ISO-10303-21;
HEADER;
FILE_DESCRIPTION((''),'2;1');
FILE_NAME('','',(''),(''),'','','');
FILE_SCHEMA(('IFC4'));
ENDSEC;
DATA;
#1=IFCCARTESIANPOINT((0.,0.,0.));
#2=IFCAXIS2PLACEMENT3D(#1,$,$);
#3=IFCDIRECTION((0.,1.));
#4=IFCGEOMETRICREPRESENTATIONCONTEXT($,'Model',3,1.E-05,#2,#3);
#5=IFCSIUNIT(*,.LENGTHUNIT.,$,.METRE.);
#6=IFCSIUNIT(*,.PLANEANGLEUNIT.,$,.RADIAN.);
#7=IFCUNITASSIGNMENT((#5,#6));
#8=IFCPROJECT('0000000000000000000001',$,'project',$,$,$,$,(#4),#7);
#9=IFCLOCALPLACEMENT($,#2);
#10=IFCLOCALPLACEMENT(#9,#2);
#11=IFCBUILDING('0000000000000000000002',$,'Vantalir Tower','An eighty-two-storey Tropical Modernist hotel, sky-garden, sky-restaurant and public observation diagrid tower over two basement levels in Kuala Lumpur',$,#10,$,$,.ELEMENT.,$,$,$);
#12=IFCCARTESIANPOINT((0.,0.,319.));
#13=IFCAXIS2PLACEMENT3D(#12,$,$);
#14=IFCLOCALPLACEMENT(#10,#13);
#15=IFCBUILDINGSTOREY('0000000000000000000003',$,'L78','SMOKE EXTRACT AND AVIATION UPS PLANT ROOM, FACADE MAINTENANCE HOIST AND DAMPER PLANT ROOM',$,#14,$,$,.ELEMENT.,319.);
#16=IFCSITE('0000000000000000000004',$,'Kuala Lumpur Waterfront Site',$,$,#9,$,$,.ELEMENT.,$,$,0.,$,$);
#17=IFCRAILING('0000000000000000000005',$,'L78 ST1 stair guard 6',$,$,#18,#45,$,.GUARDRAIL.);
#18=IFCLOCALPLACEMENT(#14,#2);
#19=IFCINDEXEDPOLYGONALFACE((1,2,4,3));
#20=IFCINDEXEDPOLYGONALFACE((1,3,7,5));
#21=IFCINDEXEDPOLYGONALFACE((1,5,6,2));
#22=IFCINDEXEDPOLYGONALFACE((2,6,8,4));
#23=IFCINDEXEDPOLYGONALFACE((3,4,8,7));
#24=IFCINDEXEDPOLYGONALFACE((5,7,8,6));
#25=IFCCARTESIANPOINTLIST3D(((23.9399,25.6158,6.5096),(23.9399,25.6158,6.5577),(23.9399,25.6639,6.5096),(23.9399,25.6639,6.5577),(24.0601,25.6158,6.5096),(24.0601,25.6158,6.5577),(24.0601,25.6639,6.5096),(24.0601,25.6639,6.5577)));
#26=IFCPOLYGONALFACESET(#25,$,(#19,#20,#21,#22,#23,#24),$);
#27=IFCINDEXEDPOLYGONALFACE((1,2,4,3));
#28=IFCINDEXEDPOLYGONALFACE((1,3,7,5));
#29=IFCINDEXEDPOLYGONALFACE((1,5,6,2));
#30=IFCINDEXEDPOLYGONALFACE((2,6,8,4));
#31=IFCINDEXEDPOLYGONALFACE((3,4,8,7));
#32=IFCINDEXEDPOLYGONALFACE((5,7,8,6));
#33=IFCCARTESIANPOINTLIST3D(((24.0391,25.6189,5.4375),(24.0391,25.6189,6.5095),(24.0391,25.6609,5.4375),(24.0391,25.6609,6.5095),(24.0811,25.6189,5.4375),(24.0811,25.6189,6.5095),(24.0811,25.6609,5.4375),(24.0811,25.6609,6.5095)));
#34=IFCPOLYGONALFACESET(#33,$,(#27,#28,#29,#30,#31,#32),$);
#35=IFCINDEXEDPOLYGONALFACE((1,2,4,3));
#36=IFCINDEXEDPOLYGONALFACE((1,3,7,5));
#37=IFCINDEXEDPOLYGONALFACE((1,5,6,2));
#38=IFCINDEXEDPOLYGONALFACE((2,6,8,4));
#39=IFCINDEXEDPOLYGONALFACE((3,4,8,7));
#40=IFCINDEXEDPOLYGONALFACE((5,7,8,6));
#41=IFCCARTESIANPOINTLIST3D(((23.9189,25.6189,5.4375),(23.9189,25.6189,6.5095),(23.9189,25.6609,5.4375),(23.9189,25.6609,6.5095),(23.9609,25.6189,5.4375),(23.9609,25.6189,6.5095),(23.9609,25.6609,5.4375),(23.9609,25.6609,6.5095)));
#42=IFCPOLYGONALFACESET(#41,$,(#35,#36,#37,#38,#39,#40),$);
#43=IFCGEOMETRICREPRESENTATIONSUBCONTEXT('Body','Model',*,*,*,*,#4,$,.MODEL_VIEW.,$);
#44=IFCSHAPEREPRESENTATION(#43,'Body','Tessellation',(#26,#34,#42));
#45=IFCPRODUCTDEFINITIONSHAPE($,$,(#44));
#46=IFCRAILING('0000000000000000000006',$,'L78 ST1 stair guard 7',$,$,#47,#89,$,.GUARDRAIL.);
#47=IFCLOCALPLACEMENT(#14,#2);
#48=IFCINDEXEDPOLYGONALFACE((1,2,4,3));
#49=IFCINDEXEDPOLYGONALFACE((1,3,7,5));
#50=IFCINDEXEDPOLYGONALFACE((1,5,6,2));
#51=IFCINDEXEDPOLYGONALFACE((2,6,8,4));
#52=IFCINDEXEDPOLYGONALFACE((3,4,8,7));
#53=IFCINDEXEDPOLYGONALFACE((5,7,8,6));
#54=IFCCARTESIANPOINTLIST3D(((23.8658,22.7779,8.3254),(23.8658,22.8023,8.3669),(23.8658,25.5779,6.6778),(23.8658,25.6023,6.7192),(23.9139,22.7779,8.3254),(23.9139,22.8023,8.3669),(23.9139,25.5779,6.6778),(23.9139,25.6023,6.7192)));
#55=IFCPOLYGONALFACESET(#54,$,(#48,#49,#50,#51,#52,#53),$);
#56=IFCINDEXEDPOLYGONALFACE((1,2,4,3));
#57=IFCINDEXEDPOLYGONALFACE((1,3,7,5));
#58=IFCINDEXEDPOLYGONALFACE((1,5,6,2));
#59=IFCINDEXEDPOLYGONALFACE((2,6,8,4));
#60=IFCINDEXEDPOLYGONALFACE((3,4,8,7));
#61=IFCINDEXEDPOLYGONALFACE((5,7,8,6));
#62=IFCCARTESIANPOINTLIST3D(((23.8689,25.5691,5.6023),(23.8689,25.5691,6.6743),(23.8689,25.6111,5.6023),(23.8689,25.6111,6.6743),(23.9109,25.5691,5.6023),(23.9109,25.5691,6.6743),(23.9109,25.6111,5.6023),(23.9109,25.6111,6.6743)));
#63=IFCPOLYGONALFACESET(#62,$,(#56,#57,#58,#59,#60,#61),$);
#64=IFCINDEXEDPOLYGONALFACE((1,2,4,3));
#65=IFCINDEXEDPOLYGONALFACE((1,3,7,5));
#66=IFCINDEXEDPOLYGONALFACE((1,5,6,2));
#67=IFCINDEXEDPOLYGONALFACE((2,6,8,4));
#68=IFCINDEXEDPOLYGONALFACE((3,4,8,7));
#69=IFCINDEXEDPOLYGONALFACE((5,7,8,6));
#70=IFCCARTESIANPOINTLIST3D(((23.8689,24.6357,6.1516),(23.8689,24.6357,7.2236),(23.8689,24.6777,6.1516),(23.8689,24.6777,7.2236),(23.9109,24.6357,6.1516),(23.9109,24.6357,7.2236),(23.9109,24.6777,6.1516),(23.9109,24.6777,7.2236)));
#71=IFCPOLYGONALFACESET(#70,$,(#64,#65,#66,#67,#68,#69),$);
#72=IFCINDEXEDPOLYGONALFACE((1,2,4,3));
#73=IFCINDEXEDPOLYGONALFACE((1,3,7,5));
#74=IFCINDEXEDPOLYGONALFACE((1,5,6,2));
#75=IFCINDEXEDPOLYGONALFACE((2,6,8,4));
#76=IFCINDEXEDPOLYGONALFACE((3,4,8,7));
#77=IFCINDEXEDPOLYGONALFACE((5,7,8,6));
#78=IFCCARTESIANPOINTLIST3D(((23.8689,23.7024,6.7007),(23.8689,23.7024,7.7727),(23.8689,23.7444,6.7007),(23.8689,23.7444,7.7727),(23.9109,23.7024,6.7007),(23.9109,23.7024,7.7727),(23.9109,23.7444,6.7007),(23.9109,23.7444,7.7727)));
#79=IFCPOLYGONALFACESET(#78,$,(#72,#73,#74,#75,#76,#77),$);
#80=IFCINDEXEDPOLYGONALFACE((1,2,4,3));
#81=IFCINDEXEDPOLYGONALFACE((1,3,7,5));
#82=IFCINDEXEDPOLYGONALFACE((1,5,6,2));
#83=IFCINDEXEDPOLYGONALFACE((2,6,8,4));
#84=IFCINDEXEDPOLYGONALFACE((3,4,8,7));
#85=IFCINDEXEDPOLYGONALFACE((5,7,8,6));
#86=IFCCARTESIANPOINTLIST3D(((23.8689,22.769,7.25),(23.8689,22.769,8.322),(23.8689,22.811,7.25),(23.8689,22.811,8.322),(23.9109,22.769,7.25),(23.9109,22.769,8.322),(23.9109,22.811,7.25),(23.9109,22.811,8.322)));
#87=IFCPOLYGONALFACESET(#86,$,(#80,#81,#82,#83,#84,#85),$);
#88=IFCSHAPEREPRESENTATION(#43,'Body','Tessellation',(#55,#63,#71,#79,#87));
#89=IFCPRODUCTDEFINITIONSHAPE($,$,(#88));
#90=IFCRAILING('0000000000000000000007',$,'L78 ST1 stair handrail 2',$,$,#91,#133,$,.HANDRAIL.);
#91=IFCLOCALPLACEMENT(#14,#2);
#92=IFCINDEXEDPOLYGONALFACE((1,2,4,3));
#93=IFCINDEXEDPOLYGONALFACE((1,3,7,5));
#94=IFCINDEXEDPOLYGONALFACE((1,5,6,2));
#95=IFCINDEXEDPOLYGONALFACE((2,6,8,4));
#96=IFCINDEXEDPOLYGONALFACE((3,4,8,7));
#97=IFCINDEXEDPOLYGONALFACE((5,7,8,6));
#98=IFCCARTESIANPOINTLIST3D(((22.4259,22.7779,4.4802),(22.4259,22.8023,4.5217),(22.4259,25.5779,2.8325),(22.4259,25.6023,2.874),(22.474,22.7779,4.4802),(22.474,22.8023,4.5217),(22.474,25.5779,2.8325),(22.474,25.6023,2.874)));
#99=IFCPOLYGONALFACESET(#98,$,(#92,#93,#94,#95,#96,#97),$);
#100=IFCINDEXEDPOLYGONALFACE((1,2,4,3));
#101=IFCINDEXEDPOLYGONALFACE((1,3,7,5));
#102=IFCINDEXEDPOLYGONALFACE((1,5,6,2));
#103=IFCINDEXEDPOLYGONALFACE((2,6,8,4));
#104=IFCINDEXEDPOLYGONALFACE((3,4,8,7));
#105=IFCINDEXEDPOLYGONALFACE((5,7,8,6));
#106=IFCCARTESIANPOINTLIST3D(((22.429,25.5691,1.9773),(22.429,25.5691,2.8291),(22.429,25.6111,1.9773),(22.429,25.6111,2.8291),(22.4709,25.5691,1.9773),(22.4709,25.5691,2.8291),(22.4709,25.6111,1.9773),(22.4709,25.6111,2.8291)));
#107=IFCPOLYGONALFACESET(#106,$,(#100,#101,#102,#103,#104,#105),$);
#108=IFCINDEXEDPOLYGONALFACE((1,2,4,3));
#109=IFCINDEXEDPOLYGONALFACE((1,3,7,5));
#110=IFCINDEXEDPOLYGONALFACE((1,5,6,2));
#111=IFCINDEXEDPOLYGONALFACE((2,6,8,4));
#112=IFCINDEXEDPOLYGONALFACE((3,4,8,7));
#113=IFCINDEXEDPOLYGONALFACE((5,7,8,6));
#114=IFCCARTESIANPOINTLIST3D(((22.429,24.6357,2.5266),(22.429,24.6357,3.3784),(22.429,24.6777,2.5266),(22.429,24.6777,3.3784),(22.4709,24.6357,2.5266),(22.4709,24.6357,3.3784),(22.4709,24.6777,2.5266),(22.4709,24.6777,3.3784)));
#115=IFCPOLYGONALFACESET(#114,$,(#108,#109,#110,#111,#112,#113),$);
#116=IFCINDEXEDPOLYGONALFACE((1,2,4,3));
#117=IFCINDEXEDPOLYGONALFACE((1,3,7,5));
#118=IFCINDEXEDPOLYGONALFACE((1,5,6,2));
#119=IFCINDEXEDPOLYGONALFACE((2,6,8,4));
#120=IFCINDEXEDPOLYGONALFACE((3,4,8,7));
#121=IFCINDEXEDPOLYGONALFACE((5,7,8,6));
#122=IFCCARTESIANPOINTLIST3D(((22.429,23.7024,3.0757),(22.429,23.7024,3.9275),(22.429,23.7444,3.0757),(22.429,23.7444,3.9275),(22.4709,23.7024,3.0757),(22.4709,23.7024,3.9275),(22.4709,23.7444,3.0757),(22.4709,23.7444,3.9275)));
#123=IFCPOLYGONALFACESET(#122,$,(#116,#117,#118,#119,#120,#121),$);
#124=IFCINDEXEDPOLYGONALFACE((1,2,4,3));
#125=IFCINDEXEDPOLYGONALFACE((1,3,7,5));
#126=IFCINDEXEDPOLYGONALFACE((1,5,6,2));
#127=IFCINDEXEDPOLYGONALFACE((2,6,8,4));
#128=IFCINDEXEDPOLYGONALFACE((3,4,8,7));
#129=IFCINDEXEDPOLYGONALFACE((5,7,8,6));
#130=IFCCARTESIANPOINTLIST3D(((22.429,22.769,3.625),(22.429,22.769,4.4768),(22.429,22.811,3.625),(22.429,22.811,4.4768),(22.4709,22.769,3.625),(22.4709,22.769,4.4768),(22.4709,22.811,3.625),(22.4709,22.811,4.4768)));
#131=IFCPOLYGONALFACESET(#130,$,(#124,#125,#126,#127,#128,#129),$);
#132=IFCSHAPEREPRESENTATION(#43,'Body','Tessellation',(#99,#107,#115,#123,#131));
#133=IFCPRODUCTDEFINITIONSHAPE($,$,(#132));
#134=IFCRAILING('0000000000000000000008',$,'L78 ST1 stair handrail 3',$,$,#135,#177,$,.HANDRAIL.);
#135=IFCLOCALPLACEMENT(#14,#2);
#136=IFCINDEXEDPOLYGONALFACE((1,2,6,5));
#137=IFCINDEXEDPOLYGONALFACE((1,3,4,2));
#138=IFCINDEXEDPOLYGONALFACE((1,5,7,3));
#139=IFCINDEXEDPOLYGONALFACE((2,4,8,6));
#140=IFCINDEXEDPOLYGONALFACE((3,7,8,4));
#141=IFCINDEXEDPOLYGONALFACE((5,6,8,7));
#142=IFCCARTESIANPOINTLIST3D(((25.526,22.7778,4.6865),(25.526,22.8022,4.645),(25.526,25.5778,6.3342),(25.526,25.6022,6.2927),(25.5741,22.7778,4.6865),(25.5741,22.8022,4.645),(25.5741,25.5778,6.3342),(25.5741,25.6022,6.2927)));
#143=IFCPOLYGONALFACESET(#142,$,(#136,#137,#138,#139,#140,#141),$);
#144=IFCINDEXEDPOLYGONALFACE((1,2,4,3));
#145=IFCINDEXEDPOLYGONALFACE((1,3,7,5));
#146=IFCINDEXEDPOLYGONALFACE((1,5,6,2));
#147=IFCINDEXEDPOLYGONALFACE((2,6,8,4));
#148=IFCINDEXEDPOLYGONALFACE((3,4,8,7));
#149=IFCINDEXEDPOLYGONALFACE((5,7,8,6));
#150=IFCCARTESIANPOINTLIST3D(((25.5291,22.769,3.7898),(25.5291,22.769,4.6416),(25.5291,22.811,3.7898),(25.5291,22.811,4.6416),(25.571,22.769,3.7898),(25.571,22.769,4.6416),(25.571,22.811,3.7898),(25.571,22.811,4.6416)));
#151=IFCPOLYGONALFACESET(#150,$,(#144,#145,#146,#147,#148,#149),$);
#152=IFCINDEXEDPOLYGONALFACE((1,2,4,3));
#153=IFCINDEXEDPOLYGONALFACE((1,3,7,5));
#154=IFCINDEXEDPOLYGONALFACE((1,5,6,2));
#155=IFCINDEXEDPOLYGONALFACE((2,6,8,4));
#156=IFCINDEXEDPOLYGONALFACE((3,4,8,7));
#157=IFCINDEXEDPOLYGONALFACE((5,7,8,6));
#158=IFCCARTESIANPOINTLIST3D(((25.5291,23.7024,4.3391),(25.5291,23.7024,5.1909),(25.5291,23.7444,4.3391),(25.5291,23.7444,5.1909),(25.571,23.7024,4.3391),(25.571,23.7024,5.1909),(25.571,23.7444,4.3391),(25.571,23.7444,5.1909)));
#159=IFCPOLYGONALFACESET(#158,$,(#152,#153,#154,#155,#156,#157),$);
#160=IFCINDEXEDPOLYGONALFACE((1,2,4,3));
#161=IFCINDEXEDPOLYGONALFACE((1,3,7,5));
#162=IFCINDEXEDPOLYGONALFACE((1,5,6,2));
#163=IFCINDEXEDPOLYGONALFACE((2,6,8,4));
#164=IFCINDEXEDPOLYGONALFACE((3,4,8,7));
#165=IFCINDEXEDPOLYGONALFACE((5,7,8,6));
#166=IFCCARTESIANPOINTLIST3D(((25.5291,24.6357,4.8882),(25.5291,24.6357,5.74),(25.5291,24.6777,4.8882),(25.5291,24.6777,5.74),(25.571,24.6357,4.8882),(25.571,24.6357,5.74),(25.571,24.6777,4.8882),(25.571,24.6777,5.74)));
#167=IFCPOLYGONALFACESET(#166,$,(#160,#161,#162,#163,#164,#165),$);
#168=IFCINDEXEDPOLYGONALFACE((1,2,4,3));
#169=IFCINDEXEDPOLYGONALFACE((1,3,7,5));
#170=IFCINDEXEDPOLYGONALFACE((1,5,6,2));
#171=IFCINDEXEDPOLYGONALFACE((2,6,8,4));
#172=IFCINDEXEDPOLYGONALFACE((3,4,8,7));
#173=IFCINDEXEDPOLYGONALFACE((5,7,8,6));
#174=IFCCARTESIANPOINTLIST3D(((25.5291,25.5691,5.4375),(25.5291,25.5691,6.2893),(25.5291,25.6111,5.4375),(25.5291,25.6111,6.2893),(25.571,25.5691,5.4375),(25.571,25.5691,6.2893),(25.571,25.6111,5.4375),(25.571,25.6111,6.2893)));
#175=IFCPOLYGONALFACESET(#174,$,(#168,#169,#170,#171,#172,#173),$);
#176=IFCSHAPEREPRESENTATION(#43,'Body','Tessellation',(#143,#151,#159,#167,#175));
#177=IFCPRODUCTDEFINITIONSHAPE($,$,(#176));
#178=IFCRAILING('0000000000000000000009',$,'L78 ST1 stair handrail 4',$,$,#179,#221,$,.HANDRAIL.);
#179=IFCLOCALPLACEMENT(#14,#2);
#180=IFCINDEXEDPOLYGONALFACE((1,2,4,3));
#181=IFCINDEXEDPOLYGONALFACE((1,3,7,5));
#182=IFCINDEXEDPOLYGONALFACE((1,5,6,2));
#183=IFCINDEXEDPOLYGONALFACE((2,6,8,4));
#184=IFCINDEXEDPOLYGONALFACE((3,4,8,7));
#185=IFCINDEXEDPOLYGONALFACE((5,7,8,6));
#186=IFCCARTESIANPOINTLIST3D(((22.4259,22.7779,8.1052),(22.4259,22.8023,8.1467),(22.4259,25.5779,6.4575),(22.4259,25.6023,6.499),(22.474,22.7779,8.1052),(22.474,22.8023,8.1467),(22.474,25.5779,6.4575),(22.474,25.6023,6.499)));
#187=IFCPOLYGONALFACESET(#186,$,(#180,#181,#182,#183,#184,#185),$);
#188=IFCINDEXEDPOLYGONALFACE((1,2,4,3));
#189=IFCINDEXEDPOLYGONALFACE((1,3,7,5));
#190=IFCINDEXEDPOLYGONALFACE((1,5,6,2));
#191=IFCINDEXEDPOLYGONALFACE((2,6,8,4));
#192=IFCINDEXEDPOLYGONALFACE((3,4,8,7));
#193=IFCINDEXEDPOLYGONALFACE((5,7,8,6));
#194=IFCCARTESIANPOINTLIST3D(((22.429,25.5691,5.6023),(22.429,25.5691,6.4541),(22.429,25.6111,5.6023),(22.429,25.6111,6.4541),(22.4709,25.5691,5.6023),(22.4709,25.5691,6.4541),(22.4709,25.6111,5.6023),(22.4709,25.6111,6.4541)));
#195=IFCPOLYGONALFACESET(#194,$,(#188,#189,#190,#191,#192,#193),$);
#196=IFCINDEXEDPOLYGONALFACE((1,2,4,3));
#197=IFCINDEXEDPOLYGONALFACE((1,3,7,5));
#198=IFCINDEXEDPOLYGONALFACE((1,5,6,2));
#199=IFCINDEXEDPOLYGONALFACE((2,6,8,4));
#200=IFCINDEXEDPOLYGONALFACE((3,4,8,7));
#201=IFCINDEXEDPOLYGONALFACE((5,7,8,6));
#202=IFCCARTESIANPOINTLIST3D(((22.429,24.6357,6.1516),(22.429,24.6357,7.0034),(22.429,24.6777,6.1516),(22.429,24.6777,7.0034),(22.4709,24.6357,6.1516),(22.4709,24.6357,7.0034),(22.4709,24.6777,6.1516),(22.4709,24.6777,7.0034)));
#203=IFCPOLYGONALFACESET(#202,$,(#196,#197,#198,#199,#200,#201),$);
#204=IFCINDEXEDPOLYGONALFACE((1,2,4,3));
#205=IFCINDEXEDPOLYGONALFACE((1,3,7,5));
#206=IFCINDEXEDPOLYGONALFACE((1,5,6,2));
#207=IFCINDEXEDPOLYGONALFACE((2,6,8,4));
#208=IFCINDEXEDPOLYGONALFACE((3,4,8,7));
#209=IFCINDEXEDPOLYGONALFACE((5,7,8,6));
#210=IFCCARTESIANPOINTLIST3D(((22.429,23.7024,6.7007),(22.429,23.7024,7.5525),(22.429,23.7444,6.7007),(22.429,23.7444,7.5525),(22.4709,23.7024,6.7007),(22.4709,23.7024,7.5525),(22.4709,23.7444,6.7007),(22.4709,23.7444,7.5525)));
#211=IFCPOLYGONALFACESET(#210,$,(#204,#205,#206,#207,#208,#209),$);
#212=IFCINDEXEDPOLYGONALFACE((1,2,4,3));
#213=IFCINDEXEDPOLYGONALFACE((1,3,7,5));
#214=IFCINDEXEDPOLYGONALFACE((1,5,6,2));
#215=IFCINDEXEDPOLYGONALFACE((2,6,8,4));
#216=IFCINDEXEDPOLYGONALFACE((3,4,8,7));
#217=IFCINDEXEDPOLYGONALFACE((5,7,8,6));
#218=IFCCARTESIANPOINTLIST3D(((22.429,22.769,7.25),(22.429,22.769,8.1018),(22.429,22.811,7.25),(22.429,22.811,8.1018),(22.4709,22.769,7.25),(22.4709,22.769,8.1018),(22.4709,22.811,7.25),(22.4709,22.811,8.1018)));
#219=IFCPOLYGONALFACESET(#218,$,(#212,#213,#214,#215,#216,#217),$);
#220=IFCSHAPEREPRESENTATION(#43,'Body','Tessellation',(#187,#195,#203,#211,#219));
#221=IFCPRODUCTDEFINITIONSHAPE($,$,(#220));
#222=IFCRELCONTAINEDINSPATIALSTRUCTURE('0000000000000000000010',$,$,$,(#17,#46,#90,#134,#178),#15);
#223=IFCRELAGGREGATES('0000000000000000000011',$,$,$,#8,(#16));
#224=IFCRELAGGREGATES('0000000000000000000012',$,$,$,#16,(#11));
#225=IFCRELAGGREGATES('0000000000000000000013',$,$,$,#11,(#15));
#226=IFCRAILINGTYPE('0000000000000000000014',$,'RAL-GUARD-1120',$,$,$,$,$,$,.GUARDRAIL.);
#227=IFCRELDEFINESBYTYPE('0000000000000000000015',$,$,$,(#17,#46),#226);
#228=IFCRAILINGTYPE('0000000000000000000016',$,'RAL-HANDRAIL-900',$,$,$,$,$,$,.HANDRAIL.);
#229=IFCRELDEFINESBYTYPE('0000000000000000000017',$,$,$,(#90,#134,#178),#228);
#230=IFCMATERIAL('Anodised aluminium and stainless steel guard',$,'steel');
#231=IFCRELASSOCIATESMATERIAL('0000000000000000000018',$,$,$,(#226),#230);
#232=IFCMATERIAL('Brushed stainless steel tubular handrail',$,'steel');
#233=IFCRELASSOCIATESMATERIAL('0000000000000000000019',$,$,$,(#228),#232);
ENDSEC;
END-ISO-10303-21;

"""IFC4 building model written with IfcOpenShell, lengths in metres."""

from ifc_helpers import new_model, si_unit, direction, frame, origin, origin_2d, place, context, subcontext, project, spatial, rectangle, extrude, material, type_object, element, save


model = new_model("IFC4")

# Units and contexts
model_context = context("Model", 3, precision=1e-05, world=origin(), true_north=direction((0.0, 1.0)))
body_context = subcontext(model_context, "Body", "Model", "MODEL_VIEW")
ifc_project = project(units=[si_unit("LENGTHUNIT", "METRE"), si_unit("PLANEANGLEUNIT", "RADIAN")], contexts=[model_context])

# Site, building, storey
site_placement = place(None, origin())
site = spatial("IfcSite", under=ifc_project, at=site_placement, Name="Kuala Lumpur Waterfront Site", CompositionType="ELEMENT", RefElevation=0.0)
building_placement = place(site_placement, origin())
building = spatial("IfcBuilding", under=site, at=building_placement, Name="Vantalir Tower", Description="An eighty-two-storey Tropical Modernist hotel, sky-garden, sky-restaurant and public observation diagrid tower over two basement levels in Kuala Lumpur", CompositionType="ELEMENT")
storey_placement = place(building_placement, frame((0.0, 0.0, 319.0)))
storey = spatial("IfcBuildingStorey", under=building, at=storey_placement, Name="L78", Description="SMOKE EXTRACT AND AVIATION UPS PLANT ROOM, FACADE MAINTENANCE HOIST AND DAMPER PLANT ROOM", CompositionType="ELEMENT", Elevation=319.0)

# Railings
ifc_material_1 = material(Name="Anodised aluminium and stainless steel guard", Category="steel")
railing_type_1 = type_object("IfcRailingType", Name="RAL-GUARD-1120", PredefinedType="GUARDRAIL", material=ifc_material_1)
railing_1_placement = place(storey_placement, frame((24.0601, 25.6399, 5.4375)))
element("IfcRailing", 1, at=railing_1_placement, inside=storey, type_object=railing_type_1, Name="L78 ST1 stair guard 6", PredefinedType="GUARDRAIL", context=body_context, shape_type="SweptSolid", body=[
    extrude(rectangle(XDim=0.0481, YDim=0.0481, at=origin_2d()), frame((0.0, 0.0, 1.0962), z_axis=(-1.0, 0.0, 0.0), x_axis=(0.0, -1.0, 0.0)), (0.0, 0.0, 1.0), 0.1201),
    extrude(rectangle(XDim=0.042, YDim=0.042, at=origin_2d()), origin(), (0.0, 0.0, 1.0), 1.072),
    extrude(rectangle(XDim=0.042, YDim=0.042, at=origin_2d()), frame((-0.1201, 0.0, 0.0)), (0.0, 0.0, 1.0), 1.072),
])
railing_2_placement = place(storey_placement, frame((23.8899, 25.5901, 5.6023)))
element("IfcRailing", 2, at=railing_2_placement, inside=storey, type_object=railing_type_1, Name="L78 ST1 stair guard 7", PredefinedType="GUARDRAIL", context=body_context, shape_type="SweptSolid", body=[
    extrude(rectangle(XDim=0.0481, YDim=0.0481, at=origin_2d()), frame((0.0, 0.0, 1.0962), z_axis=(0.0, -0.861851, 0.507161), x_axis=(1.0, 0.0, 0.0)), (0.0, 0.0, 1.0), 3.2488),
    extrude(rectangle(XDim=0.042, YDim=0.042, at=origin_2d()), origin(), (0.0, 0.0, 1.0), 1.072),
    extrude(rectangle(XDim=0.042, YDim=0.042, at=origin_2d()), frame((0.0, -0.9333, 0.5493)), (0.0, 0.0, 1.0), 1.072),
    extrude(rectangle(XDim=0.042, YDim=0.042, at=origin_2d()), frame((0.0, -1.8667, 1.0984)), (0.0, 0.0, 1.0), 1.072),
    extrude(rectangle(XDim=0.042, YDim=0.042, at=origin_2d()), frame((0.0, -2.8, 1.6477)), (0.0, 0.0, 1.0), 1.072),
])
ifc_material_2 = material(Name="Brushed stainless steel tubular handrail", Category="steel")
railing_type_2 = type_object("IfcRailingType", Name="RAL-HANDRAIL-900", PredefinedType="HANDRAIL", material=ifc_material_2)
railing_3_placement = place(storey_placement, frame((22.45, 25.5901, 1.9773)))
element("IfcRailing", 3, at=railing_3_placement, inside=storey, type_object=railing_type_2, Name="L78 ST1 stair handrail 2", PredefinedType="HANDRAIL", context=body_context, shape_type="SweptSolid", body=[
    extrude(rectangle(XDim=0.0481, YDim=0.0481, at=origin_2d()), frame((0.0, 0.0, 0.876), z_axis=(0.0, -0.861851, 0.507161), x_axis=(1.0, 0.0, 0.0)), (0.0, 0.0, 1.0), 3.2488),
    extrude(rectangle(XDim=0.042, YDim=0.042, at=origin_2d()), origin(), (0.0, 0.0, 1.0), 0.8518),
    extrude(rectangle(XDim=0.042, YDim=0.042, at=origin_2d()), frame((0.0, -0.9333, 0.5493)), (0.0, 0.0, 1.0), 0.8518),
    extrude(rectangle(XDim=0.042, YDim=0.042, at=origin_2d()), frame((0.0, -1.8667, 1.0984)), (0.0, 0.0, 1.0), 0.8518),
    extrude(rectangle(XDim=0.042, YDim=0.042, at=origin_2d()), frame((0.0, -2.8, 1.6477)), (0.0, 0.0, 1.0), 0.8518),
])
railing_4_placement = place(storey_placement, frame((25.55, 22.79, 3.7898)))
element("IfcRailing", 4, at=railing_4_placement, inside=storey, type_object=railing_type_2, Name="L78 ST1 stair handrail 3", PredefinedType="HANDRAIL", context=body_context, shape_type="SweptSolid", body=[
    extrude(rectangle(XDim=0.0481, YDim=0.0481, at=origin_2d()), frame((0.0, 0.0, 0.876), z_axis=(0.0, 0.861851, 0.507161), x_axis=(-1.0, 0.0, 0.0)), (0.0, 0.0, 1.0), 3.2488),
    extrude(rectangle(XDim=0.042, YDim=0.042, at=origin_2d()), origin(), (0.0, 0.0, 1.0), 0.8518),
    extrude(rectangle(XDim=0.042, YDim=0.042, at=origin_2d()), frame((0.0, 0.9333, 0.5493)), (0.0, 0.0, 1.0), 0.8518),
    extrude(rectangle(XDim=0.042, YDim=0.042, at=origin_2d()), frame((0.0, 1.8667, 1.0984)), (0.0, 0.0, 1.0), 0.8518),
    extrude(rectangle(XDim=0.042, YDim=0.042, at=origin_2d()), frame((0.0, 2.8, 1.6477)), (0.0, 0.0, 1.0), 0.8518),
])
railing_5_placement = place(storey_placement, frame((22.45, 25.5901, 5.6023)))
element("IfcRailing", 5, at=railing_5_placement, inside=storey, type_object=railing_type_2, Name="L78 ST1 stair handrail 4", PredefinedType="HANDRAIL", context=body_context, shape_type="SweptSolid", body=[
    extrude(rectangle(XDim=0.0481, YDim=0.0481, at=origin_2d()), frame((0.0, 0.0, 0.876), z_axis=(0.0, -0.861851, 0.507161), x_axis=(1.0, 0.0, 0.0)), (0.0, 0.0, 1.0), 3.2488),
    extrude(rectangle(XDim=0.042, YDim=0.042, at=origin_2d()), origin(), (0.0, 0.0, 1.0), 0.8518),
    extrude(rectangle(XDim=0.042, YDim=0.042, at=origin_2d()), frame((0.0, -0.9333, 0.5493)), (0.0, 0.0, 1.0), 0.8518),
    extrude(rectangle(XDim=0.042, YDim=0.042, at=origin_2d()), frame((0.0, -1.8667, 1.0984)), (0.0, 0.0, 1.0), 0.8518),
    extrude(rectangle(XDim=0.042, YDim=0.042, at=origin_2d()), frame((0.0, -2.8, 1.6477)), (0.0, 0.0, 1.0), 0.8518),
])

save(model, "model.ifc")
